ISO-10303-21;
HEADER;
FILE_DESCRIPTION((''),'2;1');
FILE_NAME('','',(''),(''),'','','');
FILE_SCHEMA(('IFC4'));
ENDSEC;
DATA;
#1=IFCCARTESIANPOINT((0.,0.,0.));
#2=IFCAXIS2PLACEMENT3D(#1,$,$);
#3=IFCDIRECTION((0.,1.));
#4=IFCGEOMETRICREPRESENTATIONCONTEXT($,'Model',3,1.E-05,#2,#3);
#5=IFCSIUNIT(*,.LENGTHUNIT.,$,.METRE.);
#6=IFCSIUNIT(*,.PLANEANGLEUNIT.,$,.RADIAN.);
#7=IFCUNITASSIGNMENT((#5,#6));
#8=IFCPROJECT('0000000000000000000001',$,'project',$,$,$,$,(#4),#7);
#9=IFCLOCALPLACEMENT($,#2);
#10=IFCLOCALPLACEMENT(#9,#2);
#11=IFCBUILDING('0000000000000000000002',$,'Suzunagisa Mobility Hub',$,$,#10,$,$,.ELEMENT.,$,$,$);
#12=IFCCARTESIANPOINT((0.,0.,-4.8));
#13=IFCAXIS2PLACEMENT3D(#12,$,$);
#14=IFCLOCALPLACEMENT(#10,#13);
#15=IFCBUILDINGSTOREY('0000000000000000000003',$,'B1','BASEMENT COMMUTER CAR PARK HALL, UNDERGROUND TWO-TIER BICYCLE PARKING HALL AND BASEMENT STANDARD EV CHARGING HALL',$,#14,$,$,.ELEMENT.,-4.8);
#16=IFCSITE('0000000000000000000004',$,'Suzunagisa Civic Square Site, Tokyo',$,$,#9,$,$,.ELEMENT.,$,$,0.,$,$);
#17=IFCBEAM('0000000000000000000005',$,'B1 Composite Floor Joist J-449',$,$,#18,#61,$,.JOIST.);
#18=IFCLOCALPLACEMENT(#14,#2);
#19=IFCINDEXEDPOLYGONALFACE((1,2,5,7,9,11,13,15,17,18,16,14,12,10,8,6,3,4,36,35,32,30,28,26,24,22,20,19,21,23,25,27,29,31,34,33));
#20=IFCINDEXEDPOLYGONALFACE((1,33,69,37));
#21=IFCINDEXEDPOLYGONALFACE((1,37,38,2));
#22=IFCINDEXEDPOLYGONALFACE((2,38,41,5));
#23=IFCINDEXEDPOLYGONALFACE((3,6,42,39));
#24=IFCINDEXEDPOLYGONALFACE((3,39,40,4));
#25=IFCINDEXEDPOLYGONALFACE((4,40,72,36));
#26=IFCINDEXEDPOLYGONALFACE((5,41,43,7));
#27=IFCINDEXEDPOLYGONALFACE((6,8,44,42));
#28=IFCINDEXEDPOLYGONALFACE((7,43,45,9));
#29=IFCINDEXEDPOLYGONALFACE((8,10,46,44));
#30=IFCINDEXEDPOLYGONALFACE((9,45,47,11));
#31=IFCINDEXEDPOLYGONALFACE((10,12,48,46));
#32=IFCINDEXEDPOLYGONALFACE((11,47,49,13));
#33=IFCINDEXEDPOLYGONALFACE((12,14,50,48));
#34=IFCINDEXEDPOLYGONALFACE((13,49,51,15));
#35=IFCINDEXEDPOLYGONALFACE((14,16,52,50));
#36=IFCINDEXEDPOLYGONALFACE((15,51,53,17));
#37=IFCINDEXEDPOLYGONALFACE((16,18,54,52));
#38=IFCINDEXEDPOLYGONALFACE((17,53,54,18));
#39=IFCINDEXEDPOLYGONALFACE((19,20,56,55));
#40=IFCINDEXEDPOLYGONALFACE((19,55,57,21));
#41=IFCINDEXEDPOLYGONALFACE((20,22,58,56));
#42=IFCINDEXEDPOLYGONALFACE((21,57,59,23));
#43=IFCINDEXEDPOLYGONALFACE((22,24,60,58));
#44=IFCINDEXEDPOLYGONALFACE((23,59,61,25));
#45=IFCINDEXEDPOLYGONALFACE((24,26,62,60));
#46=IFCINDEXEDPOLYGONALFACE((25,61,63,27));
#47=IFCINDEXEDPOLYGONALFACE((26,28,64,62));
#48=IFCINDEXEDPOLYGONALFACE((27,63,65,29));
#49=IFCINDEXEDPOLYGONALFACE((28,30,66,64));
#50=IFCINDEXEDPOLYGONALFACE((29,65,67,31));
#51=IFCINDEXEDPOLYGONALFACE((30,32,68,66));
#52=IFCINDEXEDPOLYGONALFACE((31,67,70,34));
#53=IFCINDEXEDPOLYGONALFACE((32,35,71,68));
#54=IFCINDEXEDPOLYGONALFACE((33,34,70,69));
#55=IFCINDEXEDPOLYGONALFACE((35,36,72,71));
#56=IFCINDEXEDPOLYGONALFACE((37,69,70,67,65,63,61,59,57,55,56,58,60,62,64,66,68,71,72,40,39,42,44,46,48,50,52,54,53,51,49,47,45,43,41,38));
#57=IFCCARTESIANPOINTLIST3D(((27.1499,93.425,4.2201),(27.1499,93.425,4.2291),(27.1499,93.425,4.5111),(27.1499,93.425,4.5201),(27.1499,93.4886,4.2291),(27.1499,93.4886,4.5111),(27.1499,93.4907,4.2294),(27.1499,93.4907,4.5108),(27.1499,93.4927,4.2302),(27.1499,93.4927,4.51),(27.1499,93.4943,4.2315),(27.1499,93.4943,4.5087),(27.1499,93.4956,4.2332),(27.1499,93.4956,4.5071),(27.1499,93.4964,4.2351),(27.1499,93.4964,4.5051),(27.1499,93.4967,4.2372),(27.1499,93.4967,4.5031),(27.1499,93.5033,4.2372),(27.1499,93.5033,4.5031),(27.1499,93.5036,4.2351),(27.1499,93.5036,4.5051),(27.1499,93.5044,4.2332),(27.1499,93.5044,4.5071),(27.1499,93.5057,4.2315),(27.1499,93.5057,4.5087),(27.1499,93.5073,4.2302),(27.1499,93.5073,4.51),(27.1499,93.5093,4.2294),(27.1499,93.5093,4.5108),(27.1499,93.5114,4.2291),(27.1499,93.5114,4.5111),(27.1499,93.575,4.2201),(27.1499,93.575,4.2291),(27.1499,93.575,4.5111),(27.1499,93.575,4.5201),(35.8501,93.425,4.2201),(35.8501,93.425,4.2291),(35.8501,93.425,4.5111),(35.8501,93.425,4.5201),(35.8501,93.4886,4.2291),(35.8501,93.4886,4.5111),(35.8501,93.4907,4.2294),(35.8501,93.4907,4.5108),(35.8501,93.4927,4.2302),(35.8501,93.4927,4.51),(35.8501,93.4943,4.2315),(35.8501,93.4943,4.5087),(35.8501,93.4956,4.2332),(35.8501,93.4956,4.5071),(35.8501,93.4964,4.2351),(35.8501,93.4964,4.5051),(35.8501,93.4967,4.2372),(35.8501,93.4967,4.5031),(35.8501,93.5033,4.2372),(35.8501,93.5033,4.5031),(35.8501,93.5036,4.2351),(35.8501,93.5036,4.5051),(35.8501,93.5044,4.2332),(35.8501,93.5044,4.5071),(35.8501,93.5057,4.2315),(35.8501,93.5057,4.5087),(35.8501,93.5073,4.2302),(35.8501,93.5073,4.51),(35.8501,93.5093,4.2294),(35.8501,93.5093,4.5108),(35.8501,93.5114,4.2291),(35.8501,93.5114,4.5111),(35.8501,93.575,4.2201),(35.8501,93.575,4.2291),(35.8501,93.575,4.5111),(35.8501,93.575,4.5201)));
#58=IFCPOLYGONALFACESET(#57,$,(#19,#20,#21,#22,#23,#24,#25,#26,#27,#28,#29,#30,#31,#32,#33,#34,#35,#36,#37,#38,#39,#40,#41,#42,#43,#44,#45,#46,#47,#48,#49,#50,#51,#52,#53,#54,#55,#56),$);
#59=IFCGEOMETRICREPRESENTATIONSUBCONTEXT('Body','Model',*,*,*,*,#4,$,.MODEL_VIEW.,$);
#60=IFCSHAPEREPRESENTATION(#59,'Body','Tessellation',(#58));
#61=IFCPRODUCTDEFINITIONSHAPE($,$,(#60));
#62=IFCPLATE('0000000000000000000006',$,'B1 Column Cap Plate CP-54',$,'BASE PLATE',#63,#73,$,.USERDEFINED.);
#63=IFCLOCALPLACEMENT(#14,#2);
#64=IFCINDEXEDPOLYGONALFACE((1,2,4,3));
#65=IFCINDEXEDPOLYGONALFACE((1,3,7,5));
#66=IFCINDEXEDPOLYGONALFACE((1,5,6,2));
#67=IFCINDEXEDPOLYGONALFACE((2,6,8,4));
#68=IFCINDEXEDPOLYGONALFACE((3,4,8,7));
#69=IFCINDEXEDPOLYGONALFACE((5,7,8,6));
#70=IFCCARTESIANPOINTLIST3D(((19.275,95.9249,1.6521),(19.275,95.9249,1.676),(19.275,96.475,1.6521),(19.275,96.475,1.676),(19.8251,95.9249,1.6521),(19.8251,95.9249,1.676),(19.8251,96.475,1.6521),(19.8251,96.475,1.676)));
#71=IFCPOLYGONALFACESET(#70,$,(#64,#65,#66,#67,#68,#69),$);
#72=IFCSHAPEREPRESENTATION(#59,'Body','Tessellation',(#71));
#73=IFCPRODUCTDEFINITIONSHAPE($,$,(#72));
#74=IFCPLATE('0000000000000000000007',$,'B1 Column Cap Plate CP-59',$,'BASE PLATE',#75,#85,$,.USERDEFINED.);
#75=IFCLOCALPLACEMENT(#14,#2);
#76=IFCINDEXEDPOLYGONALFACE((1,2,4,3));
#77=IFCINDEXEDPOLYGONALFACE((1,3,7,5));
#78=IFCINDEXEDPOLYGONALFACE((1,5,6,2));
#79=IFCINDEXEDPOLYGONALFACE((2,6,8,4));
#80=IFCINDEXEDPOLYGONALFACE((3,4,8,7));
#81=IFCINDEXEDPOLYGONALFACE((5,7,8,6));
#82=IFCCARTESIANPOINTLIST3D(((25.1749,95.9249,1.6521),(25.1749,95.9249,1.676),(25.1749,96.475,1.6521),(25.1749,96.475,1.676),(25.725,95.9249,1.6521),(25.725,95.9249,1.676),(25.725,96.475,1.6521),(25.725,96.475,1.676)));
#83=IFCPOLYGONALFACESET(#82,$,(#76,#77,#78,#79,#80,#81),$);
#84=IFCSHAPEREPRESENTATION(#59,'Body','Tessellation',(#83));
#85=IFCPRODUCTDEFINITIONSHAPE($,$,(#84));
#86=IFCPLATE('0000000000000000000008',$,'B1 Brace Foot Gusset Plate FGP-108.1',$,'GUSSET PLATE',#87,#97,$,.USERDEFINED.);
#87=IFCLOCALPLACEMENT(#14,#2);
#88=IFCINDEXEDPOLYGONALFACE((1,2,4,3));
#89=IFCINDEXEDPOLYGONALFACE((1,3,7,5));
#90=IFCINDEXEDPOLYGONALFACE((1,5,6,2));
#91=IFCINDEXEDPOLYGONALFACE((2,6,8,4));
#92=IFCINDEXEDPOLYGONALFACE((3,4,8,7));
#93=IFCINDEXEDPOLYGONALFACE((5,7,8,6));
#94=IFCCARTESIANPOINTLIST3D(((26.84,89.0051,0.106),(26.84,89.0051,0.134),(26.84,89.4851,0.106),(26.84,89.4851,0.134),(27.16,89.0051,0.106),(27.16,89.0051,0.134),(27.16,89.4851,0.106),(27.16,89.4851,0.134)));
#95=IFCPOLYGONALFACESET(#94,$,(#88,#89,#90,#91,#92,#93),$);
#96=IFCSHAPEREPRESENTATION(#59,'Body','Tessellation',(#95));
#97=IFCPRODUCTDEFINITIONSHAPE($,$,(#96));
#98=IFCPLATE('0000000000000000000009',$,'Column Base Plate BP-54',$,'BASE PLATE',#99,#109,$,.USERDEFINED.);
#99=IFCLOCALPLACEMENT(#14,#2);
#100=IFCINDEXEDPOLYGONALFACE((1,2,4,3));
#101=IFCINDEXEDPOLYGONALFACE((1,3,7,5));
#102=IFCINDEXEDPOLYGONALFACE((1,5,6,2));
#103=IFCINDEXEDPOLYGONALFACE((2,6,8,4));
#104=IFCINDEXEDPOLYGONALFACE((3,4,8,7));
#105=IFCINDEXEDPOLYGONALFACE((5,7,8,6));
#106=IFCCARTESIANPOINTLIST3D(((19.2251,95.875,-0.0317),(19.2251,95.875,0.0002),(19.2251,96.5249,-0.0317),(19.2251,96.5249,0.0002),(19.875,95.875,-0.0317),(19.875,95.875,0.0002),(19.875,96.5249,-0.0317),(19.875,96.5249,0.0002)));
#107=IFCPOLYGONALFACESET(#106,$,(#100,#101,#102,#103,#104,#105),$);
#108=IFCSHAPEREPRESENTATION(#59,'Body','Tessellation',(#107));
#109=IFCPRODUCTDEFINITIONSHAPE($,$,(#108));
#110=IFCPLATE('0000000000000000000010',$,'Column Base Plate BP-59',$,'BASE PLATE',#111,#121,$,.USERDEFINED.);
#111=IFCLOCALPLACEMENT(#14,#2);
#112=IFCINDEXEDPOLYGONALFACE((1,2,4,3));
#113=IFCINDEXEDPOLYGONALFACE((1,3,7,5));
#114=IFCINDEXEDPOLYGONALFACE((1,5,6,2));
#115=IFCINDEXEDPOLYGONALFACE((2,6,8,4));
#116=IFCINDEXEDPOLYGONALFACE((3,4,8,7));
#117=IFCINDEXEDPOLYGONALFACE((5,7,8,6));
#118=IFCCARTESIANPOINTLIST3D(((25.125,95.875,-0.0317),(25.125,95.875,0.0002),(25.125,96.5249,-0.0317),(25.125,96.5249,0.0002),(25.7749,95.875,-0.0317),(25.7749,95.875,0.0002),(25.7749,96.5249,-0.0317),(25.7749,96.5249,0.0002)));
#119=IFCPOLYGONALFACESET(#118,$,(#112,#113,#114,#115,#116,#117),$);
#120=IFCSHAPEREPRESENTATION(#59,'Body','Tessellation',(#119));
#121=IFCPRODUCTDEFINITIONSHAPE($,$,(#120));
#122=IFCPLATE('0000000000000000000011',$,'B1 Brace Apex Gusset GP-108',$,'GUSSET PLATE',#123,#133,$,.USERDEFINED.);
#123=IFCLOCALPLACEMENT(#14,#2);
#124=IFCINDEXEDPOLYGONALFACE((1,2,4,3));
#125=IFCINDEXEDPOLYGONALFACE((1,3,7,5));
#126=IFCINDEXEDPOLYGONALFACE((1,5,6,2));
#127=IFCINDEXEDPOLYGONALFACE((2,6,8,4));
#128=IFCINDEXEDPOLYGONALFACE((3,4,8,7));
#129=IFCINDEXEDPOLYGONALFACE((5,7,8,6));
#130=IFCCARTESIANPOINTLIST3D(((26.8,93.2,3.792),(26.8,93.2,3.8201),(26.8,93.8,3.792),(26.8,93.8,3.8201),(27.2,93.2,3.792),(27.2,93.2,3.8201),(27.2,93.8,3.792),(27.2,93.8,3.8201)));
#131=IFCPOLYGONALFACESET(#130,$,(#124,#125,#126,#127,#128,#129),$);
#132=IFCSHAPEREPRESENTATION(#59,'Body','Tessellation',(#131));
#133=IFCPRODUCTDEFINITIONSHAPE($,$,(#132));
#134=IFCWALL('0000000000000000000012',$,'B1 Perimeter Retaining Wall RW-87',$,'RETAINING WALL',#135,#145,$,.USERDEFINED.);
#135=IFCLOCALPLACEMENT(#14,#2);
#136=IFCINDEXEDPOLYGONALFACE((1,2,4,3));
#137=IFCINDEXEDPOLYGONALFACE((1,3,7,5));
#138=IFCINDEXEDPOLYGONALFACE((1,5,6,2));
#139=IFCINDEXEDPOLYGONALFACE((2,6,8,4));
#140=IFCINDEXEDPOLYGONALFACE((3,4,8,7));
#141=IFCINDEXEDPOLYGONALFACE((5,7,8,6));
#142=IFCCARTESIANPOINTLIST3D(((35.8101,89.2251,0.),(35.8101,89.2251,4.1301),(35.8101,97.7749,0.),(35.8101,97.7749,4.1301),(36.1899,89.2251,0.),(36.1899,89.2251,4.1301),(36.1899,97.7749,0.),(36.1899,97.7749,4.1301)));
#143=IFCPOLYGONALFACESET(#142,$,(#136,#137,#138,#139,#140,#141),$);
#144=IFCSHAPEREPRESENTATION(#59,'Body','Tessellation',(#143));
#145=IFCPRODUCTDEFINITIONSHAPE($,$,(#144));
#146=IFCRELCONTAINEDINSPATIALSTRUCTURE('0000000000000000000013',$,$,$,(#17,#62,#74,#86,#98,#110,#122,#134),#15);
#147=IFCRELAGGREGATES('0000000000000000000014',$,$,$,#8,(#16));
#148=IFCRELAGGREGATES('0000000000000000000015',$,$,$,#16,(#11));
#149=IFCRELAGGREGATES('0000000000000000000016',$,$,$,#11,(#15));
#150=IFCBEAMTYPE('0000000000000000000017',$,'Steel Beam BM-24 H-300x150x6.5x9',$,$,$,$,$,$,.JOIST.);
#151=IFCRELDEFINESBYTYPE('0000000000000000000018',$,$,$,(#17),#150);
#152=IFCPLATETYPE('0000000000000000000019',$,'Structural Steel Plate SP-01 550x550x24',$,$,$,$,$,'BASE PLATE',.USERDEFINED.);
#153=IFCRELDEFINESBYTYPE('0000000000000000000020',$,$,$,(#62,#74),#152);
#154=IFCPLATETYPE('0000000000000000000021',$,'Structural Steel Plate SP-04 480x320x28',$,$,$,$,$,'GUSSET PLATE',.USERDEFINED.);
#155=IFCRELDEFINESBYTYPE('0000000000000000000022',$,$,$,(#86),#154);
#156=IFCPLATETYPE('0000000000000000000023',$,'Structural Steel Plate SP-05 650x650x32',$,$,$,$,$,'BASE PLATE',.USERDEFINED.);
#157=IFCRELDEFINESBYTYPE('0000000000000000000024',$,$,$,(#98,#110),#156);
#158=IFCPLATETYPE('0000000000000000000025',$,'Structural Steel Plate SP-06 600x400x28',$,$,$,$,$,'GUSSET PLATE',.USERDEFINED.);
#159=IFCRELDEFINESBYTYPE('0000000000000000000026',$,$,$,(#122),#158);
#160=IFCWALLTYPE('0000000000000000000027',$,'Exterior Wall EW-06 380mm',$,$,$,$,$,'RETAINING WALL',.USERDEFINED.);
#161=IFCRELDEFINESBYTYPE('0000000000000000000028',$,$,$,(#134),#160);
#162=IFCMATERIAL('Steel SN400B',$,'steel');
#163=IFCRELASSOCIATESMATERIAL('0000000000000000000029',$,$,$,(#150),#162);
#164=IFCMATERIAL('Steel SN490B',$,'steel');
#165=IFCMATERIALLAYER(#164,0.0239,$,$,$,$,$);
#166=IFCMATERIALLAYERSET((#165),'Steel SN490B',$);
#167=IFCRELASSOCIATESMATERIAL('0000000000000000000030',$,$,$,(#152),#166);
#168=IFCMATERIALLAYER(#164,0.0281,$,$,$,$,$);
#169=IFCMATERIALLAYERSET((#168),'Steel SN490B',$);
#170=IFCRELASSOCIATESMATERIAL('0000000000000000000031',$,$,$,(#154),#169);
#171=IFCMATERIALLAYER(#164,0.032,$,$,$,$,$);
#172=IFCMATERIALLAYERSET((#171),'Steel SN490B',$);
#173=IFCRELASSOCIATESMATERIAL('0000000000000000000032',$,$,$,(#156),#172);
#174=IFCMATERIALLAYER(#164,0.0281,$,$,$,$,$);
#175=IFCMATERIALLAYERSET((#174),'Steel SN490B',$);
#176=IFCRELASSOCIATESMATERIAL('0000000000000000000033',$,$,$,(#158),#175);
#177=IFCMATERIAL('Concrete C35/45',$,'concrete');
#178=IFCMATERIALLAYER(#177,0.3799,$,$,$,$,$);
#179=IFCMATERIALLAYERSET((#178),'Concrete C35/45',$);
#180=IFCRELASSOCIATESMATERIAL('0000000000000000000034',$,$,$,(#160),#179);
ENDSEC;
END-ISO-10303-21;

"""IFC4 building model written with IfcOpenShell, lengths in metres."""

from ifc_helpers import new_model, si_unit, direction, frame, frame_2d, origin, origin_2d, place, context, subcontext, project, spatial, rectangle, i_section, extrude, material, layer, layer_set, material_profile, profile_set, type_object, element, save


model = new_model("IFC4")

# Units and contexts
model_context = context("Model", 3, precision=1e-05, world=origin(), true_north=direction((0.0, 1.0)))
body_context = subcontext(model_context, "Body", "Model", "MODEL_VIEW")
ifc_project = project(units=[si_unit("LENGTHUNIT", "METRE"), si_unit("PLANEANGLEUNIT", "RADIAN")], contexts=[model_context])

# Site, building, storey
site_placement = place(None, origin())
site = spatial("IfcSite", under=ifc_project, at=site_placement, Name="Suzunagisa Civic Square Site, Tokyo", CompositionType="ELEMENT", RefElevation=0.0)
building_placement = place(site_placement, origin())
building = spatial("IfcBuilding", under=site, at=building_placement, Name="Suzunagisa Mobility Hub", CompositionType="ELEMENT")
storey_placement = place(building_placement, frame((0.0, 0.0, -4.8)))
storey = spatial("IfcBuildingStorey", under=building, at=storey_placement, Name="B1", Description="BASEMENT COMMUTER CAR PARK HALL, UNDERGROUND TWO-TIER BICYCLE PARKING HALL AND BASEMENT STANDARD EV CHARGING HALL", CompositionType="ELEMENT", Elevation=-4.8)

# Shared definitions
ifc_material_1 = material(Name="Concrete C35/45", Category="concrete")

# Shared definitions
ifc_material_2 = material(Name="Steel SN490B", Category="steel")

# Beam
ifc_material_3 = material(Name="Steel SN400B", Category="steel")
ifc_material_profile_1 = material_profile(ifc_material_3, i_section(OverallWidth=0.1499, OverallDepth=0.3, WebThickness=0.0066, FlangeThickness=0.009, FilletRadius=0.0081, at=origin_2d()), Name="H-300x150x6.5x9")
ifc_profile_set_1 = profile_set([ifc_material_profile_1], Name="Steel SN400B")
beam_type_1 = type_object("IfcBeamType", Name="Steel Beam BM-24 H-300x150x6.5x9", PredefinedType="JOIST", material=ifc_profile_set_1)
beam_1_placement = place(storey_placement, frame((27.1499, 93.5, 4.3701), z_axis=(1.0, 0.0, 0.0), x_axis=(0.0, 1.0, 0.0)))
element("IfcBeam", 1, at=beam_1_placement, inside=storey, type_object=beam_type_1, Name="B1 Composite Floor Joist J-449", PredefinedType="JOIST", context=body_context, shape_type="SweptSolid", body=[
    extrude(i_section(OverallWidth=0.1499, OverallDepth=0.3, WebThickness=0.0066, FlangeThickness=0.009, FilletRadius=0.0081, at=origin_2d()), origin(), (0.0, 0.0, 1.0), 8.7002),
])

# Plates
ifc_layer_1 = layer(ifc_material_2, 0.0239)
ifc_layer_set_1 = layer_set([ifc_layer_1], Name="Steel SN490B")
plate_type_1 = type_object("IfcPlateType", Name="Structural Steel Plate SP-01 550x550x24", ElementType="BASE PLATE", PredefinedType="USERDEFINED", material=ifc_layer_set_1)
for number, where, z_axis, x_axis, name in (
    (2, (19.55, 96.2, 1.6521), (0.0, 0.0, 1.0), (1.0, 0.0, 0.0), "B1 Column Cap Plate CP-54"),
    (3, (25.45, 96.2, 1.6521), (0.0, 0.0, 1.0), (1.0, 0.0, 0.0), "B1 Column Cap Plate CP-59"),
):
    element("IfcPlate", number, at=place(storey_placement, frame(where, z_axis=z_axis, x_axis=x_axis)), inside=storey, type_object=plate_type_1, Name=name, ObjectType="BASE PLATE", PredefinedType="USERDEFINED", context=body_context, shape_type="SweptSolid", body=[
        extrude(rectangle(XDim=0.55, YDim=0.55, at=origin_2d()), origin(), (0.0, 0.0, 1.0), 0.0239),
    ])
ifc_layer_2 = layer(ifc_material_2, 0.0281)
ifc_layer_set_2 = layer_set([ifc_layer_2], Name="Steel SN490B")
plate_type_2 = type_object("IfcPlateType", Name="Structural Steel Plate SP-04 480x320x28", ElementType="GUSSET PLATE", PredefinedType="USERDEFINED", material=ifc_layer_set_2)
plate_1_placement = place(storey_placement, frame((27.0, 89.2451, 0.106), z_axis=(0.0, 0.0, 1.0), x_axis=(1.0, 0.0, 0.0)))
element("IfcPlate", 4, at=plate_1_placement, inside=storey, type_object=plate_type_2, Name="B1 Brace Foot Gusset Plate FGP-108.1", ObjectType="GUSSET PLATE", PredefinedType="USERDEFINED", context=body_context, shape_type="SweptSolid", body=[
    extrude(rectangle(XDim=0.3201, YDim=0.48, at=origin_2d()), origin(), (0.0, 0.0, 1.0), 0.0281),
])
ifc_layer_3 = layer(ifc_material_2, 0.032)
ifc_layer_set_3 = layer_set([ifc_layer_3], Name="Steel SN490B")
plate_type_3 = type_object("IfcPlateType", Name="Structural Steel Plate SP-05 650x650x32", ElementType="BASE PLATE", PredefinedType="USERDEFINED", material=ifc_layer_set_3)
for number, where, z_axis, x_axis, name in (
    (5, (19.55, 96.2, -0.0317), (0.0, 0.0, 1.0), (1.0, 0.0, 0.0), "Column Base Plate BP-54"),
    (6, (25.45, 96.2, -0.0317), (0.0, 0.0, 1.0), (1.0, 0.0, 0.0), "Column Base Plate BP-59"),
):
    element("IfcPlate", number, at=place(storey_placement, frame(where, z_axis=z_axis, x_axis=x_axis)), inside=storey, type_object=plate_type_3, Name=name, ObjectType="BASE PLATE", PredefinedType="USERDEFINED", context=body_context, shape_type="SweptSolid", body=[
        extrude(rectangle(XDim=0.6499, YDim=0.6499, at=origin_2d()), origin(), (0.0, 0.0, 1.0), 0.032),
    ])
ifc_layer_4 = layer(ifc_material_2, 0.0281)
ifc_layer_set_4 = layer_set([ifc_layer_4], Name="Steel SN490B")
plate_type_4 = type_object("IfcPlateType", Name="Structural Steel Plate SP-06 600x400x28", ElementType="GUSSET PLATE", PredefinedType="USERDEFINED", material=ifc_layer_set_4)
plate_2_placement = place(storey_placement, frame((27.0, 93.5, 3.792), z_axis=(0.0, 0.0, 1.0), x_axis=(1.0, 0.0, 0.0)))
element("IfcPlate", 7, at=plate_2_placement, inside=storey, type_object=plate_type_4, Name="B1 Brace Apex Gusset GP-108", ObjectType="GUSSET PLATE", PredefinedType="USERDEFINED", context=body_context, shape_type="SweptSolid", body=[
    extrude(rectangle(XDim=0.3999, YDim=0.6001, at=origin_2d()), origin(), (0.0, 0.0, 1.0), 0.0281),
])

# Wall
ifc_layer_5 = layer(ifc_material_1, 0.3799)
ifc_layer_set_5 = layer_set([ifc_layer_5], Name="Concrete C35/45")
wall_type = type_object("IfcWallType", Name="Exterior Wall EW-06 380mm", ElementType="RETAINING WALL", PredefinedType="USERDEFINED", material=ifc_layer_set_5)
wall_placement = place(storey_placement, frame((36.0, 89.2251, 0.0), z_axis=(0.0, 0.0, 1.0), x_axis=(0.0, 1.0, 0.0)))
element("IfcWall", 8, at=wall_placement, inside=storey, type_object=wall_type, Name="B1 Perimeter Retaining Wall RW-87", ObjectType="RETAINING WALL", PredefinedType="USERDEFINED", context=body_context, shape_type="SweptSolid", body=[
    extrude(rectangle(XDim=8.5498, YDim=0.3799, at=frame_2d((4.2749, 0.0))), origin(), (0.0, 0.0, 1.0), 4.1301),
])

save(model, "model.ifc")
